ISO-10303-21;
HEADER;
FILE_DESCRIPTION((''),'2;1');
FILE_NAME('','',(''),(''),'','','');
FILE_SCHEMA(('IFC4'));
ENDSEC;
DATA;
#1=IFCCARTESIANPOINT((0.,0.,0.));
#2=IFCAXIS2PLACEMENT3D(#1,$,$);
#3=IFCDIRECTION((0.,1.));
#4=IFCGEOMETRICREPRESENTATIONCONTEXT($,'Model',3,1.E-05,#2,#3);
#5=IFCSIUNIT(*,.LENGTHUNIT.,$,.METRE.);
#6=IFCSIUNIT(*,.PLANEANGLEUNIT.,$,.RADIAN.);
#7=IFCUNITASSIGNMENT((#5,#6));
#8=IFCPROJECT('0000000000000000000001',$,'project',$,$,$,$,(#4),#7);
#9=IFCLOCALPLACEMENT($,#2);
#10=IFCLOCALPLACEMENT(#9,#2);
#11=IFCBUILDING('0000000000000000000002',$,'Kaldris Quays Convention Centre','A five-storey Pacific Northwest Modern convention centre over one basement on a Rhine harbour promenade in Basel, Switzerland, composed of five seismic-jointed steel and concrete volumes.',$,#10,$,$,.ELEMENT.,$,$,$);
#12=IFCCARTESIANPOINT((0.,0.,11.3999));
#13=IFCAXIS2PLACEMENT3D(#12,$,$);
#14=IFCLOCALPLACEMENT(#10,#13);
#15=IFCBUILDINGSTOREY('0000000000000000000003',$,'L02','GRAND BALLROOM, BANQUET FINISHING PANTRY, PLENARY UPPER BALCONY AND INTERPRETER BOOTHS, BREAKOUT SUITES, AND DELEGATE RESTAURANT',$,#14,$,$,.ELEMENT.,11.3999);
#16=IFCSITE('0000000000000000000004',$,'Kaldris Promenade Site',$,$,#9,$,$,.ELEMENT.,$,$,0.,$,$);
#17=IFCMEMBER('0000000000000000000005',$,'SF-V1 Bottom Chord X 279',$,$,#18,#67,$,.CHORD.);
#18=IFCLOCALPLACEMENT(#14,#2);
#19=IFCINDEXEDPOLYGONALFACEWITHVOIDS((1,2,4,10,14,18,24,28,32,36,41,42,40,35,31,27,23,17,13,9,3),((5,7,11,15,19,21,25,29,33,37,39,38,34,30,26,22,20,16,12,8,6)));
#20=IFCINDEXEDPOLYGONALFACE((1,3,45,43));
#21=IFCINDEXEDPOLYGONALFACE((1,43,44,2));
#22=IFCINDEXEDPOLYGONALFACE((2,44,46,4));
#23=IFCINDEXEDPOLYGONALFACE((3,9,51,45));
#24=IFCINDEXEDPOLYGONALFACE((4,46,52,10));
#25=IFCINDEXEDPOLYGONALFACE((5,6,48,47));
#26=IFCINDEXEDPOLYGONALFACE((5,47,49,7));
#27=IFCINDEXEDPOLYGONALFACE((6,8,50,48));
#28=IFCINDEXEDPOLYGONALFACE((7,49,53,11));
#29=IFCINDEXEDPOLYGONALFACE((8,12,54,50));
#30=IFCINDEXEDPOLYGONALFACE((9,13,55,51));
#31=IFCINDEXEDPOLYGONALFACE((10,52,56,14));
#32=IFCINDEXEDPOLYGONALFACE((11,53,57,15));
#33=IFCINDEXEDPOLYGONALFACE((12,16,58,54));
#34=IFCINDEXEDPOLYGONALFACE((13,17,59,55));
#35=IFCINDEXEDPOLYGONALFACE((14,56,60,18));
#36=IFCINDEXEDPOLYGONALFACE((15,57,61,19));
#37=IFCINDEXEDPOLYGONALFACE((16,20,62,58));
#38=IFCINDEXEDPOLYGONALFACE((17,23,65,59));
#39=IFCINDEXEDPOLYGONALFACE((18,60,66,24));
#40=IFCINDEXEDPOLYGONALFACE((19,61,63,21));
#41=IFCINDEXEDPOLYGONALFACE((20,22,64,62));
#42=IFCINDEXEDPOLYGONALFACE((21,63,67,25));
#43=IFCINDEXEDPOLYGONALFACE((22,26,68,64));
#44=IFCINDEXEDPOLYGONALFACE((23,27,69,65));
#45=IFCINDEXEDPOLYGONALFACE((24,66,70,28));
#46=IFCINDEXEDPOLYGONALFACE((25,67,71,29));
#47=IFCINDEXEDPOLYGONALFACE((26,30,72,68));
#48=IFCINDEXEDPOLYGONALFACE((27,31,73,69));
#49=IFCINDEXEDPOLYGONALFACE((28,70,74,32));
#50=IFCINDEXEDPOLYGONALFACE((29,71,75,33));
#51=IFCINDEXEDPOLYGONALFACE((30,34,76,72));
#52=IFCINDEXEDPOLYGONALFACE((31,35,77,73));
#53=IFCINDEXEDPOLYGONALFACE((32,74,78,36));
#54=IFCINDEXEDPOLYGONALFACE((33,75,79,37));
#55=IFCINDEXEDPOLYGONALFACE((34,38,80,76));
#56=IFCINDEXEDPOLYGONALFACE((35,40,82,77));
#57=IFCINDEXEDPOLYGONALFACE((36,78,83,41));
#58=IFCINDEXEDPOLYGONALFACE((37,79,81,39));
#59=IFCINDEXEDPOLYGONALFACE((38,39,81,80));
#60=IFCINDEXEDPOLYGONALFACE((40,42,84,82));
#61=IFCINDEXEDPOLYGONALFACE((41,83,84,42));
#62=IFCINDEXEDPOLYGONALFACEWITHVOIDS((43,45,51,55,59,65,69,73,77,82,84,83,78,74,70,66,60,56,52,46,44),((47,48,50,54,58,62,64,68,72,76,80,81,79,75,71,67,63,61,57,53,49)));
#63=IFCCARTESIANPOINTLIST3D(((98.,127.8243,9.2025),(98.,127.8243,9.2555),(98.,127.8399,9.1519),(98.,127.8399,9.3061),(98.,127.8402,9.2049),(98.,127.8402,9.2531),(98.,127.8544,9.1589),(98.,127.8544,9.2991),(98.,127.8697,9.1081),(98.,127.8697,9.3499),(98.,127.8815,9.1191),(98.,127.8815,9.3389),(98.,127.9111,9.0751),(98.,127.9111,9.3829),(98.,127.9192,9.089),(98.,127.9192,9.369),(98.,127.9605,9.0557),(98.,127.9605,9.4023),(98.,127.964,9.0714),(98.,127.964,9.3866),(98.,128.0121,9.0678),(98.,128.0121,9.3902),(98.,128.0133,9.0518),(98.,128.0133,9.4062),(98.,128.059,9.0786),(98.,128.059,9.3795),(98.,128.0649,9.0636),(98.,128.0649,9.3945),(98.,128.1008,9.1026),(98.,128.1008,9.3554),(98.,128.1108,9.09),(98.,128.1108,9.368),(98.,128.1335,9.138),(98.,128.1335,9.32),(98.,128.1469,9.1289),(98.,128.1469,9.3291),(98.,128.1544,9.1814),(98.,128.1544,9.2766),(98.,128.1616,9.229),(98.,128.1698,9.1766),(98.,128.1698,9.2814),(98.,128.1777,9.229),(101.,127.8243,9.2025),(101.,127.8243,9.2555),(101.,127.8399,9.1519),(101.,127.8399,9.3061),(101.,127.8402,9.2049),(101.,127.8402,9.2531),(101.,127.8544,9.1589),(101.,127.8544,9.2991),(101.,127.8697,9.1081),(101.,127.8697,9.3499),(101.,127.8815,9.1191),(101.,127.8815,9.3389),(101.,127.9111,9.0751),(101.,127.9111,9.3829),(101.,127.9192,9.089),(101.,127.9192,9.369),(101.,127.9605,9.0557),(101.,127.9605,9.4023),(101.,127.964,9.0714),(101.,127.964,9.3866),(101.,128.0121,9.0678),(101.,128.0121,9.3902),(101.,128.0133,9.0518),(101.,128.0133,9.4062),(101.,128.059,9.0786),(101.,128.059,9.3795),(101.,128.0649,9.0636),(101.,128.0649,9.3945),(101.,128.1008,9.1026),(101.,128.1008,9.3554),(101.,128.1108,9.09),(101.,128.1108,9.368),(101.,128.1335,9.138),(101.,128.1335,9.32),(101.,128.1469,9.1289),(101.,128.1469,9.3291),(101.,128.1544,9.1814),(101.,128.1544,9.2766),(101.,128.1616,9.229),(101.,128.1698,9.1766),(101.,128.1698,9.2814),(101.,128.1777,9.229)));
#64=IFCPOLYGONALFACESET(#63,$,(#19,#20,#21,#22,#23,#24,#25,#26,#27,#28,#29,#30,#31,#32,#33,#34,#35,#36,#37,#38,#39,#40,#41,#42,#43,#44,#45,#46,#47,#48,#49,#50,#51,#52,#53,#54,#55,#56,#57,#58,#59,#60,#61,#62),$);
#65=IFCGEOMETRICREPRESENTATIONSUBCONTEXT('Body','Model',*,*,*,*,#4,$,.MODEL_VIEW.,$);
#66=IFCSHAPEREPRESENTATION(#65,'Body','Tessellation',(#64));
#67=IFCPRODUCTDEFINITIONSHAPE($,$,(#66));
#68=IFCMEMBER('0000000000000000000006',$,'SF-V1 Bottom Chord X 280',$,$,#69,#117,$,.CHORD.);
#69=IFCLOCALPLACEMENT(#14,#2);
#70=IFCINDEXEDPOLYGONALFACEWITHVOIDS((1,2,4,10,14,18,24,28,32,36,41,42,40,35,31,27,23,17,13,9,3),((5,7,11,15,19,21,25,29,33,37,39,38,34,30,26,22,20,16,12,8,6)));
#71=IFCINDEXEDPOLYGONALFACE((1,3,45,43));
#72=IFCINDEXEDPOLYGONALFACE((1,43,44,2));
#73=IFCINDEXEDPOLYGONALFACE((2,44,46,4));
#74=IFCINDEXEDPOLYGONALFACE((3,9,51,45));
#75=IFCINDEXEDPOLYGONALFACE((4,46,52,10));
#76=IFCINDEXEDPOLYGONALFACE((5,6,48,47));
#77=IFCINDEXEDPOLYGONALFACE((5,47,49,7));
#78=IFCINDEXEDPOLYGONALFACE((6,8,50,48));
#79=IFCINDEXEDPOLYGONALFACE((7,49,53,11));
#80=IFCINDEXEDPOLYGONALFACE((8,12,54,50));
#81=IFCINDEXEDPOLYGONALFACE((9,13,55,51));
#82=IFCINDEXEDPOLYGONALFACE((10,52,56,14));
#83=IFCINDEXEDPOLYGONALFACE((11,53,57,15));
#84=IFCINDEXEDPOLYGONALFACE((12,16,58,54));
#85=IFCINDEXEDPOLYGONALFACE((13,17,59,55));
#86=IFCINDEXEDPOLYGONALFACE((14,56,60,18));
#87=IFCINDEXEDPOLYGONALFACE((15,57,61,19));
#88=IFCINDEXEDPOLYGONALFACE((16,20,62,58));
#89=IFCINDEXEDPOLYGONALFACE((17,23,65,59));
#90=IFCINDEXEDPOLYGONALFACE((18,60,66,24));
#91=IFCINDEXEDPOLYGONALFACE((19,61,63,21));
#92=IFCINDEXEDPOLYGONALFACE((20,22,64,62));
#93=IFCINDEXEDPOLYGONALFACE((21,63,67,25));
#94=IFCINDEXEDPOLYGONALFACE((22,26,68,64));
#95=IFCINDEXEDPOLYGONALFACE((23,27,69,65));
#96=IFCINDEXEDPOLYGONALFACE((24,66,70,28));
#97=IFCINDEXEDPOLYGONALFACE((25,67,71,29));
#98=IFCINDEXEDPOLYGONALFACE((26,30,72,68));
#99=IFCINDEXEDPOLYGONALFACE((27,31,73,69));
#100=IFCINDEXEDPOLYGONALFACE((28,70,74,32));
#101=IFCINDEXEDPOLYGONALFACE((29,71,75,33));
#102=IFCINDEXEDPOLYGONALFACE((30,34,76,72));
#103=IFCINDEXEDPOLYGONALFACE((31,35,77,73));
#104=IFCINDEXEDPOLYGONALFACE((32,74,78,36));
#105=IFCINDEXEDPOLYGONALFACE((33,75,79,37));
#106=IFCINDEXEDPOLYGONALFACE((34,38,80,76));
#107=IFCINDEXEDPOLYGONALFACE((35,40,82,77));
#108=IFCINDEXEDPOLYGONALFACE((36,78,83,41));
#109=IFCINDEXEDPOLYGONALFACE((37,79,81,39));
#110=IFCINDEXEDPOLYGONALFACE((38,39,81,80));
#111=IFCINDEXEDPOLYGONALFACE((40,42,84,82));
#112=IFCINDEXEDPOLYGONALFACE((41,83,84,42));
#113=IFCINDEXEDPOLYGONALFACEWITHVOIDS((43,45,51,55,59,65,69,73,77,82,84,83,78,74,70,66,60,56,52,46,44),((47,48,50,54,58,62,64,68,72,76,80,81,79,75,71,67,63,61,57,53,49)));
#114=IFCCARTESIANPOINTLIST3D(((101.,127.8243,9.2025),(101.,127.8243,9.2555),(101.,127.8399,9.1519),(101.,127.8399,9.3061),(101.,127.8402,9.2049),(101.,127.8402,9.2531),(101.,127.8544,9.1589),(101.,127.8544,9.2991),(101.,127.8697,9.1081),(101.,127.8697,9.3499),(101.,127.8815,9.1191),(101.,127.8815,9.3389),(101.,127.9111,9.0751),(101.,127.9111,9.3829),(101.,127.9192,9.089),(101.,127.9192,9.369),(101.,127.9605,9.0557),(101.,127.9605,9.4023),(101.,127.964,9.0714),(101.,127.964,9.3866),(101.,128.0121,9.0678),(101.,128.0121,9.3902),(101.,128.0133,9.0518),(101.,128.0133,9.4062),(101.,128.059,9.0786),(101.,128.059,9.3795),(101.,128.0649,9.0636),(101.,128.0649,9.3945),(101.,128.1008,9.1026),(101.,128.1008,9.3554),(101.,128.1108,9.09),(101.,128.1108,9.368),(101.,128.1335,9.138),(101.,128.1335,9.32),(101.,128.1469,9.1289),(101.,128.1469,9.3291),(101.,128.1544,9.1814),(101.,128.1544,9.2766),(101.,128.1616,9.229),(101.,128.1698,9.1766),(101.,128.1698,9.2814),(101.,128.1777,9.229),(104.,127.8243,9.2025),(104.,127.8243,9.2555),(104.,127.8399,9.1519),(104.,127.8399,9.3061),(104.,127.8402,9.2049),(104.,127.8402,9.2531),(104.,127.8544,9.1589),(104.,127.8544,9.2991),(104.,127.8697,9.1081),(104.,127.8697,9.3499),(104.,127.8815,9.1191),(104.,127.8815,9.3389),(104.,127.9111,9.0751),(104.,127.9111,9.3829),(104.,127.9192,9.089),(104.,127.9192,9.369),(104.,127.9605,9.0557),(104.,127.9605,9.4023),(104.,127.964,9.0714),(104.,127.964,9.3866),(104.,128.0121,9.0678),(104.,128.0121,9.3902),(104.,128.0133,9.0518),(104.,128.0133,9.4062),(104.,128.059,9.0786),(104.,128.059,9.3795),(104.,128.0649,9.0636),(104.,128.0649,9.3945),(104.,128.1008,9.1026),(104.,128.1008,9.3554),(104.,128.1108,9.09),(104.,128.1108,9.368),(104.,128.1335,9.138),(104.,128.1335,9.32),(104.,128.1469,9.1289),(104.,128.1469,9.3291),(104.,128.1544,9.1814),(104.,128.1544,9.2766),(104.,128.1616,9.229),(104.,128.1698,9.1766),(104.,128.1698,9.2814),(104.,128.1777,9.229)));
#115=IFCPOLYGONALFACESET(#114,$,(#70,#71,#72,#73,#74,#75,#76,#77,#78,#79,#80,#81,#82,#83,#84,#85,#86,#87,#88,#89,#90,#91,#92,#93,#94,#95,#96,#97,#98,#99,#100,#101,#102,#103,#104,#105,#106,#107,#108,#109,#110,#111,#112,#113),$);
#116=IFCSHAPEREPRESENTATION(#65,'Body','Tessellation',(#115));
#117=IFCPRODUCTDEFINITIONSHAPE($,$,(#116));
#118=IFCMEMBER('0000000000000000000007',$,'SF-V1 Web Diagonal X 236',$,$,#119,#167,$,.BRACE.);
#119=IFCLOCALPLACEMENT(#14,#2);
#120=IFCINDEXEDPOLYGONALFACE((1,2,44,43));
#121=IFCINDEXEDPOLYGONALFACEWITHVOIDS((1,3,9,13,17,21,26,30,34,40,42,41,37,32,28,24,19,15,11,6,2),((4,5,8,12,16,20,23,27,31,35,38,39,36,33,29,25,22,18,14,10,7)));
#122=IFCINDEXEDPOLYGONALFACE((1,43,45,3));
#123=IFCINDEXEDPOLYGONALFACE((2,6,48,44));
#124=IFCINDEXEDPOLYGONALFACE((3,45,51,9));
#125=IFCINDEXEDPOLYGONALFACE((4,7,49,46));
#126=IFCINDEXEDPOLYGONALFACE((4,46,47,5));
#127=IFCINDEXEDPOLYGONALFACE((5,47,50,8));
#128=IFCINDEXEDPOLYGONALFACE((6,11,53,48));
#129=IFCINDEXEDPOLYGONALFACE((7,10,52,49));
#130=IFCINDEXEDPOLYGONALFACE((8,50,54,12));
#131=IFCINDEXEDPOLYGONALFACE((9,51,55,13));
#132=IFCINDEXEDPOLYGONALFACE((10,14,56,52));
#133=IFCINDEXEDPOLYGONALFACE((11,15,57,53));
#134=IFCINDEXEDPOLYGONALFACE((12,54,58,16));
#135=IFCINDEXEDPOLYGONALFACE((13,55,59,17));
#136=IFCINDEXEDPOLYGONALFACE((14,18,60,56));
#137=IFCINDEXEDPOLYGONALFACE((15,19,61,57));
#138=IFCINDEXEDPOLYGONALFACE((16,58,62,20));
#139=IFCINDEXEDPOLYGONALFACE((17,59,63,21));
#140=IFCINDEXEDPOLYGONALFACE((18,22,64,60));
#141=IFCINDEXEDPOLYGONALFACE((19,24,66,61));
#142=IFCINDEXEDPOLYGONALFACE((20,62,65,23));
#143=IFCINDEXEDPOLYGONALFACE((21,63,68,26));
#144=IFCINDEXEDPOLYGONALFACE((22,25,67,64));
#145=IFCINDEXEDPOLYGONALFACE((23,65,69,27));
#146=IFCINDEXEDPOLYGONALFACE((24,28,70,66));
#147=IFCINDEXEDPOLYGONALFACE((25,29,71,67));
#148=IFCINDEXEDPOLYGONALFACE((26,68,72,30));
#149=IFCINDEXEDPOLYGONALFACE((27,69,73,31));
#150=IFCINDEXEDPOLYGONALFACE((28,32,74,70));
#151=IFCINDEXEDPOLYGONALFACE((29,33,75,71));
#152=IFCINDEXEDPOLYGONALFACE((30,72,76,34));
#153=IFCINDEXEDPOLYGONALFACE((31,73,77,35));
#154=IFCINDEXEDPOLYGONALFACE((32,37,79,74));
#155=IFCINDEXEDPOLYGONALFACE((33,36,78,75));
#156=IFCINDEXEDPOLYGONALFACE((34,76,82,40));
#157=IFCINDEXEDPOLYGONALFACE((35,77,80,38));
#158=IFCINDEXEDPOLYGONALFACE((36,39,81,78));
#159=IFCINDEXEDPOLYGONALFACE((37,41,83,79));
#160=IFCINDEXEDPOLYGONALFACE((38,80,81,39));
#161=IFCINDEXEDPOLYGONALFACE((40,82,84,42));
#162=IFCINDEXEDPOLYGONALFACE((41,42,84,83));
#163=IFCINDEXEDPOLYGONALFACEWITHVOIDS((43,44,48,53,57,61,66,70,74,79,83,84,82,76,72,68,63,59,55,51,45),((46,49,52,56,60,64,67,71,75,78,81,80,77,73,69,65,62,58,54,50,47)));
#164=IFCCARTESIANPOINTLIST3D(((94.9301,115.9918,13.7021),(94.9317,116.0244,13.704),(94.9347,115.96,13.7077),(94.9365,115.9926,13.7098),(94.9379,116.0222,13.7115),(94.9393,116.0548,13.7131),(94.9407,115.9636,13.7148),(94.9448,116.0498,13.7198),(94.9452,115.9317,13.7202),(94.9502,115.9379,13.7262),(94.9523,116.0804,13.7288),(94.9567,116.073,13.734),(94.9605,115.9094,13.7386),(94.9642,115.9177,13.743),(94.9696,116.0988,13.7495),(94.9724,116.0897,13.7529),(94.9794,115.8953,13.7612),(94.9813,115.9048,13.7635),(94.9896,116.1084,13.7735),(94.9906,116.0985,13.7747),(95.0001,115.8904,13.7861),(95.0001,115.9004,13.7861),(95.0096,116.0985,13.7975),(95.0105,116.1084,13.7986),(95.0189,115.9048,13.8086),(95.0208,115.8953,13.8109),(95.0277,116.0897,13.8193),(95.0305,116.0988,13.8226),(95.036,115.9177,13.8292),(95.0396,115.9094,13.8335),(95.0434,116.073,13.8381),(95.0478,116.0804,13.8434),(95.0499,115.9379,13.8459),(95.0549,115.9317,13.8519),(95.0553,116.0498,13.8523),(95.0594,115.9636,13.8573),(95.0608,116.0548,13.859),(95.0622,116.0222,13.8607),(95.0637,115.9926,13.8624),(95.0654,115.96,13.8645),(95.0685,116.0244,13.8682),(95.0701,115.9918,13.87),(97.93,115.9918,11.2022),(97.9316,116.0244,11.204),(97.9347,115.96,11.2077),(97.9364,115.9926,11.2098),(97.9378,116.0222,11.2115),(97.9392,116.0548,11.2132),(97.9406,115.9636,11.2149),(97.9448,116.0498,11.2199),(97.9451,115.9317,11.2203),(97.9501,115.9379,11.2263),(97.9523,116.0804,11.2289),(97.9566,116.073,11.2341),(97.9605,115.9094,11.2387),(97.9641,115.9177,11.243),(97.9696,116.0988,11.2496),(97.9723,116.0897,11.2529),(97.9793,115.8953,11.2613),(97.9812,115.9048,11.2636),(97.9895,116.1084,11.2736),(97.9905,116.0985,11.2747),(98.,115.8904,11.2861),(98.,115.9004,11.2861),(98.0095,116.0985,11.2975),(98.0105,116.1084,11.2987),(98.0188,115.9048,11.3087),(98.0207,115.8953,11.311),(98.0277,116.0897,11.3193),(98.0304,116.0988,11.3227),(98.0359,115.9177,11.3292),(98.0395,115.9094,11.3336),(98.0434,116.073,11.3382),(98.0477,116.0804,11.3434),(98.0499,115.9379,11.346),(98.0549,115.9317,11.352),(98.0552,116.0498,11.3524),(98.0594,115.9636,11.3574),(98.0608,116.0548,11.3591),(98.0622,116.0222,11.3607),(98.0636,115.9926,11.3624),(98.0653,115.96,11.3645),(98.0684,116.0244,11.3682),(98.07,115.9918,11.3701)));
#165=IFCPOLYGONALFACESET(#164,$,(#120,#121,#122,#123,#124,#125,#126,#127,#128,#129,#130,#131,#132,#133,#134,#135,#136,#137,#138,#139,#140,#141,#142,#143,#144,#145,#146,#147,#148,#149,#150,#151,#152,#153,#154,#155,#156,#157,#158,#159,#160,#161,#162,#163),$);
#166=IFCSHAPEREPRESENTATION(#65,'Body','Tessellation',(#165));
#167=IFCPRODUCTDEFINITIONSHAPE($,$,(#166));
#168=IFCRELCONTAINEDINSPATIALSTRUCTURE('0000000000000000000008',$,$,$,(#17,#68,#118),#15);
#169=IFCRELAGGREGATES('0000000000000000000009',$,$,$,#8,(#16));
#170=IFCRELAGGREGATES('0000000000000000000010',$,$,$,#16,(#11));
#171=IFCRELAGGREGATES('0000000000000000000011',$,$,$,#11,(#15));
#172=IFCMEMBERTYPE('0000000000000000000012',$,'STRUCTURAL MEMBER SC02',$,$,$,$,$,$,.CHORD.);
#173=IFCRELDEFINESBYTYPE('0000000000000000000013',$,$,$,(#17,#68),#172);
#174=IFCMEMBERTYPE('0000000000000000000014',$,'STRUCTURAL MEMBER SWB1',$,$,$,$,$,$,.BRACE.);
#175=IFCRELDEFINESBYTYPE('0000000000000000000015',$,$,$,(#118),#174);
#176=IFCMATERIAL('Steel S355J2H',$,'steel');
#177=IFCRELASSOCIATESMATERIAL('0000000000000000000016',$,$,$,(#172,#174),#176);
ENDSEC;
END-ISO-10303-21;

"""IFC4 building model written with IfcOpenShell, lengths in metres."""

from ifc_helpers import new_model, si_unit, direction, frame, origin, origin_2d, place, context, subcontext, project, spatial, hollow_circle, extrude, material, material_profile, profile_set, type_object, element, save


model = new_model("IFC4")

# Units and contexts
model_context = context("Model", 3, precision=1e-05, world=origin(), true_north=direction((0.0, 1.0)))
body_context = subcontext(model_context, "Body", "Model", "MODEL_VIEW")
ifc_project = project(units=[si_unit("LENGTHUNIT", "METRE"), si_unit("PLANEANGLEUNIT", "RADIAN")], contexts=[model_context])

# Site, building, storey
site_placement = place(None, origin())
site = spatial("IfcSite", under=ifc_project, at=site_placement, Name="Kaldris Promenade Site", CompositionType="ELEMENT", RefElevation=0.0)
building_placement = place(site_placement, origin())
building = spatial("IfcBuilding", under=site, at=building_placement, Name="Kaldris Quays Convention Centre", Description="A five-storey Pacific Northwest Modern convention centre over one basement on a Rhine harbour promenade in Basel, Switzerland, composed of five seismic-jointed steel and concrete volumes.", CompositionType="ELEMENT")
storey_placement = place(building_placement, frame((0.0, 0.0, 11.3999)))
storey = spatial("IfcBuildingStorey", under=building, at=storey_placement, Name="L02", Description="GRAND BALLROOM, BANQUET FINISHING PANTRY, PLENARY UPPER BALCONY AND INTERPRETER BOOTHS, BREAKOUT SUITES, AND DELEGATE RESTAURANT", CompositionType="ELEMENT", Elevation=11.3999)

# Members
ifc_material = material(Name="Steel S355J2H", Category="steel")
ifc_material_profile_1 = material_profile(ifc_material, hollow_circle(Radius=0.1777, WallThickness=0.0161, at=origin_2d()), Name="CHS 355.6x16")
ifc_profile_set_1 = profile_set([ifc_material_profile_1], Name="Steel S355J2H")
member_type_1 = type_object("IfcMemberType", Name="STRUCTURAL MEMBER SC02", PredefinedType="CHORD", material=ifc_profile_set_1)
for number, where, z_axis, x_axis, name in (
    (1, (98.0, 128.0, 9.229), (1.0, 0.0, 0.0), (0.0, 1.0, 0.0), "SF-V1 Bottom Chord X 279"),
    (2, (101.0, 128.0, 9.229), (1.0, 0.0, 0.0), (0.0, 1.0, 0.0), "SF-V1 Bottom Chord X 280"),
):
    element("IfcMember", number, at=place(storey_placement, frame(where, z_axis=z_axis, x_axis=x_axis)), inside=storey, type_object=member_type_1, Name=name, PredefinedType="CHORD", context=body_context, shape_type="SweptSolid", body=[
        extrude(hollow_circle(Radius=0.1777, WallThickness=0.0161, at=origin_2d()), origin(), (0.0, 0.0, 1.0), 3.0),
    ])
ifc_material_profile_2 = material_profile(ifc_material, hollow_circle(Radius=0.1096, WallThickness=0.01, at=origin_2d()), Name="CHS 219.1x10")
ifc_profile_set_2 = profile_set([ifc_material_profile_2], Name="Steel S355J2H")
member_type_2 = type_object("IfcMemberType", Name="STRUCTURAL MEMBER SWB1", PredefinedType="BRACE", material=ifc_profile_set_2)
for number, where, z_axis, x_axis, name in (
    (3, (98.0, 116.0, 11.2861), (-0.768221, 0.0, 0.640184), (0.0, -1.0, 0.0), "SF-V1 Web Diagonal X 236"),
):
    element("IfcMember", number, at=place(storey_placement, frame(where, z_axis=z_axis, x_axis=x_axis)), inside=storey, type_object=member_type_2, Name=name, PredefinedType="BRACE", context=body_context, shape_type="SweptSolid", body=[
        extrude(hollow_circle(Radius=0.1096, WallThickness=0.01, at=origin_2d()), origin(), (0.0, 0.0, 1.0), 3.905),
    ])

save(model, "model.ifc")
